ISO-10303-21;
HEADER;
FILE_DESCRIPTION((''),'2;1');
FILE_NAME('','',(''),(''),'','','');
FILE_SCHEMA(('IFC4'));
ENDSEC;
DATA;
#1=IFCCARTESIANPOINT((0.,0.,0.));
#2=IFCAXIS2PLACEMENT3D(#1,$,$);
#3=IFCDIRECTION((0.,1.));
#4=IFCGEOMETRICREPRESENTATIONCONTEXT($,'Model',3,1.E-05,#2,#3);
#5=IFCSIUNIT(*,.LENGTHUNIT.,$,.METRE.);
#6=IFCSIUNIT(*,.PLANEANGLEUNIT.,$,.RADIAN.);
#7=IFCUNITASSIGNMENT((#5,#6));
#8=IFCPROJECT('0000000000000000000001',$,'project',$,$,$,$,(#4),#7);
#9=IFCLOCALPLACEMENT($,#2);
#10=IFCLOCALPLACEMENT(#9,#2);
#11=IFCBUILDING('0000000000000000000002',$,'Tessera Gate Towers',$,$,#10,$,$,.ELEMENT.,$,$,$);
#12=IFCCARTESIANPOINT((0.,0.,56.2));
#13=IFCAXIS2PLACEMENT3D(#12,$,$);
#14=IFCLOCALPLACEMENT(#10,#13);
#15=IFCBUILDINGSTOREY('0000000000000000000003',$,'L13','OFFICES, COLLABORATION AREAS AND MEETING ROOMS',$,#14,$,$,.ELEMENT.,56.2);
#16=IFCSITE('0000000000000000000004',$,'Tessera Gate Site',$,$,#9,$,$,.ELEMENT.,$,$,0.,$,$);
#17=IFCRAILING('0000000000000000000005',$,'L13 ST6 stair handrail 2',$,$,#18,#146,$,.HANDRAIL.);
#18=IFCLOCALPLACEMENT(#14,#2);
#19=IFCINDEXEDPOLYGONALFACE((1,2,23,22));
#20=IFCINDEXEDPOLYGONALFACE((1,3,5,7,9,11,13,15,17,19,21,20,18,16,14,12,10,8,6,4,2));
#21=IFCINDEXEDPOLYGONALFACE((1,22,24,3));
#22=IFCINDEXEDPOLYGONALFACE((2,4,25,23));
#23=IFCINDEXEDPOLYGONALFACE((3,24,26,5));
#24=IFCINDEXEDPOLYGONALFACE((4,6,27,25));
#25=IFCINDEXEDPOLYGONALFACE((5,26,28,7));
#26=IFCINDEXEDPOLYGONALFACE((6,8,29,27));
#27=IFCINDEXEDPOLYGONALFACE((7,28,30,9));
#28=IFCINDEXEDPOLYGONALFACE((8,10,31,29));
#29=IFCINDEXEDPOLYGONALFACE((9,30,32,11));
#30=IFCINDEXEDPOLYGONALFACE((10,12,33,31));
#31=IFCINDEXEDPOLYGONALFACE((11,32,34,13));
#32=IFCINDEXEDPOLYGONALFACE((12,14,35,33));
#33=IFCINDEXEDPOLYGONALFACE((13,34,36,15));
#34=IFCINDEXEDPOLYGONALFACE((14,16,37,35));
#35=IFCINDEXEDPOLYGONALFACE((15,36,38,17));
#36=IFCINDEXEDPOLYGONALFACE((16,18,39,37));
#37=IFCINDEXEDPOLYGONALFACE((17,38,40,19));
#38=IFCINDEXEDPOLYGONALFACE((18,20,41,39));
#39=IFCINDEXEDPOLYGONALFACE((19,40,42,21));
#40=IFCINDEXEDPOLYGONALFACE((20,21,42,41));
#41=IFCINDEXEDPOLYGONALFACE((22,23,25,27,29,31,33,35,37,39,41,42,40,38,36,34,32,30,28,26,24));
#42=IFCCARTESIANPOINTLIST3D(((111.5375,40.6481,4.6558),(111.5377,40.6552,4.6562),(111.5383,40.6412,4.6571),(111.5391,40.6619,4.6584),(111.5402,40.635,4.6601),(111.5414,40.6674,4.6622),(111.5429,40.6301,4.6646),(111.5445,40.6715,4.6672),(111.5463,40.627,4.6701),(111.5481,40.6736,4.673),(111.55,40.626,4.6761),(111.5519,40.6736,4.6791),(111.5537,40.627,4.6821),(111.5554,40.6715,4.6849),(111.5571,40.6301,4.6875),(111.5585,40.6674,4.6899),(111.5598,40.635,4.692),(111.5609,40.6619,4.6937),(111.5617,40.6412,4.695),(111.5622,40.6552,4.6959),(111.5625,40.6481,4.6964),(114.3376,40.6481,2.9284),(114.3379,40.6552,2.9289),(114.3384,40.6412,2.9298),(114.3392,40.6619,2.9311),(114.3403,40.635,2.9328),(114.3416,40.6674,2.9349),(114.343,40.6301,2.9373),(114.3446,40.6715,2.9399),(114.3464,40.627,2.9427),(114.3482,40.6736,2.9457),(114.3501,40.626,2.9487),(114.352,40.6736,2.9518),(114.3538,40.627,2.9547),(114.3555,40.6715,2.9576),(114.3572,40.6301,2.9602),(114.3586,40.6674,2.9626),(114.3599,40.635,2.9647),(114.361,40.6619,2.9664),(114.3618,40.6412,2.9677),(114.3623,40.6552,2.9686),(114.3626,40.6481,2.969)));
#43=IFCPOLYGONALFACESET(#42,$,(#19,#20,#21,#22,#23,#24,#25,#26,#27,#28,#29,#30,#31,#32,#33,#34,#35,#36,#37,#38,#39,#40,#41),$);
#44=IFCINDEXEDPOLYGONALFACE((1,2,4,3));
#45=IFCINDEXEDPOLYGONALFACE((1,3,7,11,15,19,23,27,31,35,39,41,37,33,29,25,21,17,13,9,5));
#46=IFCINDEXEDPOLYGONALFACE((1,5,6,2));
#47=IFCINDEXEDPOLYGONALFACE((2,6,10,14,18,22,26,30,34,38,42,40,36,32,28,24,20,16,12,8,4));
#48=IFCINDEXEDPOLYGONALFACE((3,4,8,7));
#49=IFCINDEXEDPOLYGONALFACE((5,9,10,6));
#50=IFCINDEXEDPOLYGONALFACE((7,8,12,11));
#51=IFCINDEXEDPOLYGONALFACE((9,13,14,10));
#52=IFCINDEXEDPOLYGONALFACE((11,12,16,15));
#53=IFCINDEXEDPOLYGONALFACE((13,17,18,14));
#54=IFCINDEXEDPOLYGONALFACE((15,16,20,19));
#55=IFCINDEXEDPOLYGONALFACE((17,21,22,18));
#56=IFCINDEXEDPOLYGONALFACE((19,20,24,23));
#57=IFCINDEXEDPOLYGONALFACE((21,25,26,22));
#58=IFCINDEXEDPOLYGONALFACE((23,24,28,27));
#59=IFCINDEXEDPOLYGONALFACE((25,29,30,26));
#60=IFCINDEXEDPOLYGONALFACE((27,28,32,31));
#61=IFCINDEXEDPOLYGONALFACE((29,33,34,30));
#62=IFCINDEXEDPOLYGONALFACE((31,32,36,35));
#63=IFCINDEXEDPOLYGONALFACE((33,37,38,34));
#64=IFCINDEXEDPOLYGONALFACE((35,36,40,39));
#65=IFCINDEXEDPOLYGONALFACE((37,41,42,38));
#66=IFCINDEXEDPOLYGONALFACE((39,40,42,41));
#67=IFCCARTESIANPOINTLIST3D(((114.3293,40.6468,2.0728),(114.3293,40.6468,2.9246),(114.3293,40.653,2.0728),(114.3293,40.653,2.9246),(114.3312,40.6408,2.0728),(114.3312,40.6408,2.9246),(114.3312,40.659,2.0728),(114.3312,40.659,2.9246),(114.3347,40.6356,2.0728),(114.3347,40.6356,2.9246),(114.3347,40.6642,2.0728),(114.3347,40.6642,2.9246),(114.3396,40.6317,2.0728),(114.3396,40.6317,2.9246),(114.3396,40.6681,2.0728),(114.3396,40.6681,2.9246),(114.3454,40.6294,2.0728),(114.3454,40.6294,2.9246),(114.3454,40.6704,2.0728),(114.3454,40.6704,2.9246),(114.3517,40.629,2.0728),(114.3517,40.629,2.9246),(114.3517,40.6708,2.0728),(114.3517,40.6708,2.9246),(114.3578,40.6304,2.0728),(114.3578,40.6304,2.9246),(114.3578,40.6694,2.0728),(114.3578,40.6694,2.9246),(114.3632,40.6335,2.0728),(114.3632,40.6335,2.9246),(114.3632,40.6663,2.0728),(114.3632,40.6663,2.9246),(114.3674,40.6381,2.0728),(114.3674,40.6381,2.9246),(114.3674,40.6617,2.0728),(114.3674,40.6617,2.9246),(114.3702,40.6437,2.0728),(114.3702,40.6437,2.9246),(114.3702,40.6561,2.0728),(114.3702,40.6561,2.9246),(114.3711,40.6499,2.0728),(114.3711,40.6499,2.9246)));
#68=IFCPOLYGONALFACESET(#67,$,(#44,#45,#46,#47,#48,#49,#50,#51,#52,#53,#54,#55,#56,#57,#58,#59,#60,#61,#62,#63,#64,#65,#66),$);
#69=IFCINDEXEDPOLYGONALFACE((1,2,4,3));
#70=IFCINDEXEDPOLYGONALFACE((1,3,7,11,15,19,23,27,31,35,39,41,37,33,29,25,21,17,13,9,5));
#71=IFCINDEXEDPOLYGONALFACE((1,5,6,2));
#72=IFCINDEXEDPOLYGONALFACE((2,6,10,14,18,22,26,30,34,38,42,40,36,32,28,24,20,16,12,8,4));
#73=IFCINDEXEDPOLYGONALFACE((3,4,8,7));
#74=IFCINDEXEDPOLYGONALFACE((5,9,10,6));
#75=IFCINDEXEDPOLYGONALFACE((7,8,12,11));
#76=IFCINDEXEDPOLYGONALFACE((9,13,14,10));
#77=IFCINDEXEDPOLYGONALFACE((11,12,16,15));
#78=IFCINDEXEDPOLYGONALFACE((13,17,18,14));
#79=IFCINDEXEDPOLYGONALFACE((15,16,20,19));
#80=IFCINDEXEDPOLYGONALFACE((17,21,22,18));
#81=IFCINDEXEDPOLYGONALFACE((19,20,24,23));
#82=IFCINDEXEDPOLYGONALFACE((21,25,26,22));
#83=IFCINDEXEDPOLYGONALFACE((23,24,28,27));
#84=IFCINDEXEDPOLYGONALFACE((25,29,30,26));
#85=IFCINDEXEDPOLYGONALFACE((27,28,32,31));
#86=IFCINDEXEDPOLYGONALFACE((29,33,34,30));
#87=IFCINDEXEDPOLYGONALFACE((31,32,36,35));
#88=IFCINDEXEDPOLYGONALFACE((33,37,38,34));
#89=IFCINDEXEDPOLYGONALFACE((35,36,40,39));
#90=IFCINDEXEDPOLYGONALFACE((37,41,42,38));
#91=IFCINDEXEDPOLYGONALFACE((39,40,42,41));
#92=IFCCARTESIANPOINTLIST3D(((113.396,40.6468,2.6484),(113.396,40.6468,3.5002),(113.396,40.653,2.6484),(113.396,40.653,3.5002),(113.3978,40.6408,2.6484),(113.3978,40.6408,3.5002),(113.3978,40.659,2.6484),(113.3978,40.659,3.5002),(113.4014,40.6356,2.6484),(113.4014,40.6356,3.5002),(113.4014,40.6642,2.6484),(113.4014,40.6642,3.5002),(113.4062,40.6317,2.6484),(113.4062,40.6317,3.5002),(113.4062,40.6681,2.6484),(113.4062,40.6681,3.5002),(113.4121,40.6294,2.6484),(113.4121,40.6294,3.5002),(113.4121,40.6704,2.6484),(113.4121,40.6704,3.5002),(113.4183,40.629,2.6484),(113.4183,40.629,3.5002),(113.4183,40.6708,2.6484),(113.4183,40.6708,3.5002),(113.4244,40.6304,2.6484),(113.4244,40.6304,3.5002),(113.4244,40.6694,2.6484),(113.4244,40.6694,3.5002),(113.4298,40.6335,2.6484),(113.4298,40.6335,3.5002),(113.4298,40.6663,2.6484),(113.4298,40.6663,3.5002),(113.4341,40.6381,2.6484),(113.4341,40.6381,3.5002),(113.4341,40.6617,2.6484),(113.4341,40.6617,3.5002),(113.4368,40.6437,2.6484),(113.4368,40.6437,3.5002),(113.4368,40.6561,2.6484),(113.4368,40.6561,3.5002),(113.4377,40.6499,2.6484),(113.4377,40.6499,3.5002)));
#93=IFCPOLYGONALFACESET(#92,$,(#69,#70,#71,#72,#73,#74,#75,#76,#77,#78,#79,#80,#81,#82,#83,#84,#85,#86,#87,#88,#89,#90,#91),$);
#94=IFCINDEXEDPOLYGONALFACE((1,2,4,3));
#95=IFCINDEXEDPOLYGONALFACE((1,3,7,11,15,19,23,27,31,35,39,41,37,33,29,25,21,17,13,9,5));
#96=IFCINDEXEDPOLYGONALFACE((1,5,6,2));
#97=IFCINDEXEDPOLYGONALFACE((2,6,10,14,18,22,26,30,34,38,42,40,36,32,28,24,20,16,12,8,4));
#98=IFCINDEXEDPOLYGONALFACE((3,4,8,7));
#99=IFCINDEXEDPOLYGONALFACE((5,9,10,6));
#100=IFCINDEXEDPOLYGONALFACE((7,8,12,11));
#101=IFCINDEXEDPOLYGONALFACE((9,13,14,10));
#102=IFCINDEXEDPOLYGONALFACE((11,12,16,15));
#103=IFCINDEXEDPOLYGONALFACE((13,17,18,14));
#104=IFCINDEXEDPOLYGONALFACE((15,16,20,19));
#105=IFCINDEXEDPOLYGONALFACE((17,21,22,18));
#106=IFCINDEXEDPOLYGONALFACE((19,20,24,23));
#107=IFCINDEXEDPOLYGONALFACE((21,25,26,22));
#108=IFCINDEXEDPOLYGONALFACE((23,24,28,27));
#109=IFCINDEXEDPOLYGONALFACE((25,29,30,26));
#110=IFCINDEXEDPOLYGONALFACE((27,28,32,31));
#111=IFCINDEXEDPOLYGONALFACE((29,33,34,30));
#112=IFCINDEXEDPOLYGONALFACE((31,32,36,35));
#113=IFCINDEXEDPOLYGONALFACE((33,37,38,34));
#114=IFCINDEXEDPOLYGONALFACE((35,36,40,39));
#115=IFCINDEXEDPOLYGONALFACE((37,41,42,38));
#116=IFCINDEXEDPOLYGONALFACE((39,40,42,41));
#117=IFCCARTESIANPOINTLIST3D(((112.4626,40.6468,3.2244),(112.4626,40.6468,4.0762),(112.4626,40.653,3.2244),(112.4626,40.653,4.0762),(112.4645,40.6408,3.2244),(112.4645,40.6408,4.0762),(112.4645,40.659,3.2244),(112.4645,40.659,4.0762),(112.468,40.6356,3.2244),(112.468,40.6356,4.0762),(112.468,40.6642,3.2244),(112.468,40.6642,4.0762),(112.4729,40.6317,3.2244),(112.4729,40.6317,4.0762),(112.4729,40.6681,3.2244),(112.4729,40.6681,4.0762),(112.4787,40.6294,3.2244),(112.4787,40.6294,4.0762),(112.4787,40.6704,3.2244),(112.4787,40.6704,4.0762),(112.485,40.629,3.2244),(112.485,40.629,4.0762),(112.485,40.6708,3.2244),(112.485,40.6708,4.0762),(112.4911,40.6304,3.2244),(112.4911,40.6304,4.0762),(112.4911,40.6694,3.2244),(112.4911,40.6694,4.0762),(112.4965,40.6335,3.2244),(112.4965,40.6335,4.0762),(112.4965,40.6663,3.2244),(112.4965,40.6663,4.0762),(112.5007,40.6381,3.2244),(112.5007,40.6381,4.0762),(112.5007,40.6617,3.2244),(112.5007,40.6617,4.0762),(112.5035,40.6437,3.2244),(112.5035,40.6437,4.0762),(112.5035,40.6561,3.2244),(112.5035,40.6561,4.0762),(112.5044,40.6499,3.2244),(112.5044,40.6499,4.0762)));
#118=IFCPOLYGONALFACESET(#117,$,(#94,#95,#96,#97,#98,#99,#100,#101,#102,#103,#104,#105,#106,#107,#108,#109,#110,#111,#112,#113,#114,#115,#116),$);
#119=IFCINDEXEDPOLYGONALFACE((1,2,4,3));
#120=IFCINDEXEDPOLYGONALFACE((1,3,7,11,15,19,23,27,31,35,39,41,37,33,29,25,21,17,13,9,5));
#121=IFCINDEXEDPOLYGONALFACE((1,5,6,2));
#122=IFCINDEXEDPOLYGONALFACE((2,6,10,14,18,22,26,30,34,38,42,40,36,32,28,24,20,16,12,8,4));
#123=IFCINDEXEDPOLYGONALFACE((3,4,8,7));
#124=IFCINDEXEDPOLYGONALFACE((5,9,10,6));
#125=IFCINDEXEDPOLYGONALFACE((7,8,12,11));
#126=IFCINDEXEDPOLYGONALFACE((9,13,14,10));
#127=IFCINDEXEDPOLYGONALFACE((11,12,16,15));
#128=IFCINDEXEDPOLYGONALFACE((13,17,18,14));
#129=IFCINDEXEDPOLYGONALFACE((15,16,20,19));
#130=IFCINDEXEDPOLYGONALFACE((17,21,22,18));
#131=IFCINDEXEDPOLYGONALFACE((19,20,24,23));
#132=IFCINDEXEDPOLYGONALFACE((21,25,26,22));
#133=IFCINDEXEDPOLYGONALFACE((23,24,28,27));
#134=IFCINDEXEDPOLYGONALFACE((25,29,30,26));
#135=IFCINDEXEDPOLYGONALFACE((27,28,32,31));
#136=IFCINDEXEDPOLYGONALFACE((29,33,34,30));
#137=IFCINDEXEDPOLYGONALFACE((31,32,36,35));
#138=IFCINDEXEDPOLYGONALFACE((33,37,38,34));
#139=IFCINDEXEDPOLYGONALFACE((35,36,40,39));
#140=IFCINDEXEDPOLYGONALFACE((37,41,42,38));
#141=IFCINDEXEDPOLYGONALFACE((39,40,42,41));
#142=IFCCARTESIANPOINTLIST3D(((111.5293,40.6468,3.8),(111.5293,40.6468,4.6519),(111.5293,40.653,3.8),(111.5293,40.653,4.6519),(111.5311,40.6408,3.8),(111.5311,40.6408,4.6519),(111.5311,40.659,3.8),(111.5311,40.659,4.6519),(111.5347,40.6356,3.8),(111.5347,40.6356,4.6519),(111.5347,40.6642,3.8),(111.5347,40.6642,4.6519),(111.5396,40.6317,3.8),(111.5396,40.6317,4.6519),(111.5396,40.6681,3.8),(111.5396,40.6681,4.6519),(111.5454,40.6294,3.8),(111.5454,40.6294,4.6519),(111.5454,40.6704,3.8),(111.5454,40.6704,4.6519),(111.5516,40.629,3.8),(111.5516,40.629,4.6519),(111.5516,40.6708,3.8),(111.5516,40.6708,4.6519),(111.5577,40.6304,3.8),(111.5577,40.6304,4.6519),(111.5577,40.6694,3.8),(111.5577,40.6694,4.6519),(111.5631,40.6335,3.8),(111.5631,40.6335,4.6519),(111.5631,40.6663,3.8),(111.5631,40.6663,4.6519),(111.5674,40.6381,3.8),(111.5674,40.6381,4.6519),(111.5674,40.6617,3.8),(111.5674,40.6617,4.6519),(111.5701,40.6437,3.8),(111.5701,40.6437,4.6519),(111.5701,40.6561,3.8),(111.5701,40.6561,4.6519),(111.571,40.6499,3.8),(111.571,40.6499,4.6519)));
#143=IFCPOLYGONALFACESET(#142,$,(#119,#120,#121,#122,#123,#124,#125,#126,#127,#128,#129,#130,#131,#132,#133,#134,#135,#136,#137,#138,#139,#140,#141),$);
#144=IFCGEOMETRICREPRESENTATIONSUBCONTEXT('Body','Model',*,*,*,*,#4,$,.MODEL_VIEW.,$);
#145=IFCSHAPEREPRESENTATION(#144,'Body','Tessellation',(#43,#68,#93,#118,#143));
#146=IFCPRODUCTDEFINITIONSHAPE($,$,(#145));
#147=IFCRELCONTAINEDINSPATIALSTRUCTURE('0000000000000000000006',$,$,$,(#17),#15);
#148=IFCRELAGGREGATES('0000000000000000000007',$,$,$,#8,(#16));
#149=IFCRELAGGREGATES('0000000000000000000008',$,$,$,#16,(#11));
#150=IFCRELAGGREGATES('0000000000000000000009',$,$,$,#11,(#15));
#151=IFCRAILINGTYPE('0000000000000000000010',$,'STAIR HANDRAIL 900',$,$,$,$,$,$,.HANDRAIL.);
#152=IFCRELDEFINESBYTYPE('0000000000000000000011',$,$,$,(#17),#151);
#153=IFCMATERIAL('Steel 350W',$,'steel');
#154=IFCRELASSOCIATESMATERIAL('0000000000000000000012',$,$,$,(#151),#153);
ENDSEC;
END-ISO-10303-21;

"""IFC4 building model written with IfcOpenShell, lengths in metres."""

from ifc_helpers import new_model, si_unit, direction, frame, origin, origin_2d, place, context, subcontext, project, spatial, circle, extrude, material, type_object, element, save


model = new_model("IFC4")

# Units and contexts
model_context = context("Model", 3, precision=1e-05, world=origin(), true_north=direction((0.0, 1.0)))
body_context = subcontext(model_context, "Body", "Model", "MODEL_VIEW")
ifc_project = project(units=[si_unit("LENGTHUNIT", "METRE"), si_unit("PLANEANGLEUNIT", "RADIAN")], contexts=[model_context])

# Site, building, storey
site_placement = place(None, origin())
site = spatial("IfcSite", under=ifc_project, at=site_placement, Name="Tessera Gate Site", CompositionType="ELEMENT", RefElevation=0.0)
building_placement = place(site_placement, origin())
building = spatial("IfcBuilding", under=site, at=building_placement, Name="Tessera Gate Towers", CompositionType="ELEMENT")
storey_placement = place(building_placement, frame((0.0, 0.0, 56.2)))
storey = spatial("IfcBuildingStorey", under=building, at=storey_placement, Name="L13", Description="OFFICES, COLLABORATION AREAS AND MEETING ROOMS", CompositionType="ELEMENT", Elevation=56.2)

# Railing
ifc_material_1 = material(Name="Steel 350W", Category="steel")
railing_type = type_object("IfcRailingType", Name="STAIR HANDRAIL 900", PredefinedType="HANDRAIL", material=ifc_material_1)
railing_placement = place(storey_placement, frame((114.3501, 40.6499, 2.0728)))
element("IfcRailing", 1, at=railing_placement, inside=storey, type_object=railing_type, Name="L13 ST6 stair handrail 2", PredefinedType="HANDRAIL", context=body_context, shape_type="SweptSolid", body=[
    extrude(circle(Radius=0.0239, at=origin_2d()), frame((0.0, 0.0, 0.876), z_axis=(-0.85109, 0.0, 0.52502), x_axis=(0.0, -1.0, 0.0)), (0.0, 0.0, 1.0), 3.29),
    extrude(circle(Radius=0.021, at=origin_2d()), origin(), (0.0, 0.0, 1.0), 0.8518),
    extrude(circle(Radius=0.021, at=origin_2d()), frame((-0.9333, 0.0, 0.5757)), (0.0, 0.0, 1.0), 0.8518),
    extrude(circle(Radius=0.021, at=origin_2d()), frame((-1.8667, 0.0, 1.1516)), (0.0, 0.0, 1.0), 0.8518),
    extrude(circle(Radius=0.021, at=origin_2d()), frame((-2.8, 0.0, 1.7273)), (0.0, 0.0, 1.0), 0.8518),
])

save(model, "model.ifc")
